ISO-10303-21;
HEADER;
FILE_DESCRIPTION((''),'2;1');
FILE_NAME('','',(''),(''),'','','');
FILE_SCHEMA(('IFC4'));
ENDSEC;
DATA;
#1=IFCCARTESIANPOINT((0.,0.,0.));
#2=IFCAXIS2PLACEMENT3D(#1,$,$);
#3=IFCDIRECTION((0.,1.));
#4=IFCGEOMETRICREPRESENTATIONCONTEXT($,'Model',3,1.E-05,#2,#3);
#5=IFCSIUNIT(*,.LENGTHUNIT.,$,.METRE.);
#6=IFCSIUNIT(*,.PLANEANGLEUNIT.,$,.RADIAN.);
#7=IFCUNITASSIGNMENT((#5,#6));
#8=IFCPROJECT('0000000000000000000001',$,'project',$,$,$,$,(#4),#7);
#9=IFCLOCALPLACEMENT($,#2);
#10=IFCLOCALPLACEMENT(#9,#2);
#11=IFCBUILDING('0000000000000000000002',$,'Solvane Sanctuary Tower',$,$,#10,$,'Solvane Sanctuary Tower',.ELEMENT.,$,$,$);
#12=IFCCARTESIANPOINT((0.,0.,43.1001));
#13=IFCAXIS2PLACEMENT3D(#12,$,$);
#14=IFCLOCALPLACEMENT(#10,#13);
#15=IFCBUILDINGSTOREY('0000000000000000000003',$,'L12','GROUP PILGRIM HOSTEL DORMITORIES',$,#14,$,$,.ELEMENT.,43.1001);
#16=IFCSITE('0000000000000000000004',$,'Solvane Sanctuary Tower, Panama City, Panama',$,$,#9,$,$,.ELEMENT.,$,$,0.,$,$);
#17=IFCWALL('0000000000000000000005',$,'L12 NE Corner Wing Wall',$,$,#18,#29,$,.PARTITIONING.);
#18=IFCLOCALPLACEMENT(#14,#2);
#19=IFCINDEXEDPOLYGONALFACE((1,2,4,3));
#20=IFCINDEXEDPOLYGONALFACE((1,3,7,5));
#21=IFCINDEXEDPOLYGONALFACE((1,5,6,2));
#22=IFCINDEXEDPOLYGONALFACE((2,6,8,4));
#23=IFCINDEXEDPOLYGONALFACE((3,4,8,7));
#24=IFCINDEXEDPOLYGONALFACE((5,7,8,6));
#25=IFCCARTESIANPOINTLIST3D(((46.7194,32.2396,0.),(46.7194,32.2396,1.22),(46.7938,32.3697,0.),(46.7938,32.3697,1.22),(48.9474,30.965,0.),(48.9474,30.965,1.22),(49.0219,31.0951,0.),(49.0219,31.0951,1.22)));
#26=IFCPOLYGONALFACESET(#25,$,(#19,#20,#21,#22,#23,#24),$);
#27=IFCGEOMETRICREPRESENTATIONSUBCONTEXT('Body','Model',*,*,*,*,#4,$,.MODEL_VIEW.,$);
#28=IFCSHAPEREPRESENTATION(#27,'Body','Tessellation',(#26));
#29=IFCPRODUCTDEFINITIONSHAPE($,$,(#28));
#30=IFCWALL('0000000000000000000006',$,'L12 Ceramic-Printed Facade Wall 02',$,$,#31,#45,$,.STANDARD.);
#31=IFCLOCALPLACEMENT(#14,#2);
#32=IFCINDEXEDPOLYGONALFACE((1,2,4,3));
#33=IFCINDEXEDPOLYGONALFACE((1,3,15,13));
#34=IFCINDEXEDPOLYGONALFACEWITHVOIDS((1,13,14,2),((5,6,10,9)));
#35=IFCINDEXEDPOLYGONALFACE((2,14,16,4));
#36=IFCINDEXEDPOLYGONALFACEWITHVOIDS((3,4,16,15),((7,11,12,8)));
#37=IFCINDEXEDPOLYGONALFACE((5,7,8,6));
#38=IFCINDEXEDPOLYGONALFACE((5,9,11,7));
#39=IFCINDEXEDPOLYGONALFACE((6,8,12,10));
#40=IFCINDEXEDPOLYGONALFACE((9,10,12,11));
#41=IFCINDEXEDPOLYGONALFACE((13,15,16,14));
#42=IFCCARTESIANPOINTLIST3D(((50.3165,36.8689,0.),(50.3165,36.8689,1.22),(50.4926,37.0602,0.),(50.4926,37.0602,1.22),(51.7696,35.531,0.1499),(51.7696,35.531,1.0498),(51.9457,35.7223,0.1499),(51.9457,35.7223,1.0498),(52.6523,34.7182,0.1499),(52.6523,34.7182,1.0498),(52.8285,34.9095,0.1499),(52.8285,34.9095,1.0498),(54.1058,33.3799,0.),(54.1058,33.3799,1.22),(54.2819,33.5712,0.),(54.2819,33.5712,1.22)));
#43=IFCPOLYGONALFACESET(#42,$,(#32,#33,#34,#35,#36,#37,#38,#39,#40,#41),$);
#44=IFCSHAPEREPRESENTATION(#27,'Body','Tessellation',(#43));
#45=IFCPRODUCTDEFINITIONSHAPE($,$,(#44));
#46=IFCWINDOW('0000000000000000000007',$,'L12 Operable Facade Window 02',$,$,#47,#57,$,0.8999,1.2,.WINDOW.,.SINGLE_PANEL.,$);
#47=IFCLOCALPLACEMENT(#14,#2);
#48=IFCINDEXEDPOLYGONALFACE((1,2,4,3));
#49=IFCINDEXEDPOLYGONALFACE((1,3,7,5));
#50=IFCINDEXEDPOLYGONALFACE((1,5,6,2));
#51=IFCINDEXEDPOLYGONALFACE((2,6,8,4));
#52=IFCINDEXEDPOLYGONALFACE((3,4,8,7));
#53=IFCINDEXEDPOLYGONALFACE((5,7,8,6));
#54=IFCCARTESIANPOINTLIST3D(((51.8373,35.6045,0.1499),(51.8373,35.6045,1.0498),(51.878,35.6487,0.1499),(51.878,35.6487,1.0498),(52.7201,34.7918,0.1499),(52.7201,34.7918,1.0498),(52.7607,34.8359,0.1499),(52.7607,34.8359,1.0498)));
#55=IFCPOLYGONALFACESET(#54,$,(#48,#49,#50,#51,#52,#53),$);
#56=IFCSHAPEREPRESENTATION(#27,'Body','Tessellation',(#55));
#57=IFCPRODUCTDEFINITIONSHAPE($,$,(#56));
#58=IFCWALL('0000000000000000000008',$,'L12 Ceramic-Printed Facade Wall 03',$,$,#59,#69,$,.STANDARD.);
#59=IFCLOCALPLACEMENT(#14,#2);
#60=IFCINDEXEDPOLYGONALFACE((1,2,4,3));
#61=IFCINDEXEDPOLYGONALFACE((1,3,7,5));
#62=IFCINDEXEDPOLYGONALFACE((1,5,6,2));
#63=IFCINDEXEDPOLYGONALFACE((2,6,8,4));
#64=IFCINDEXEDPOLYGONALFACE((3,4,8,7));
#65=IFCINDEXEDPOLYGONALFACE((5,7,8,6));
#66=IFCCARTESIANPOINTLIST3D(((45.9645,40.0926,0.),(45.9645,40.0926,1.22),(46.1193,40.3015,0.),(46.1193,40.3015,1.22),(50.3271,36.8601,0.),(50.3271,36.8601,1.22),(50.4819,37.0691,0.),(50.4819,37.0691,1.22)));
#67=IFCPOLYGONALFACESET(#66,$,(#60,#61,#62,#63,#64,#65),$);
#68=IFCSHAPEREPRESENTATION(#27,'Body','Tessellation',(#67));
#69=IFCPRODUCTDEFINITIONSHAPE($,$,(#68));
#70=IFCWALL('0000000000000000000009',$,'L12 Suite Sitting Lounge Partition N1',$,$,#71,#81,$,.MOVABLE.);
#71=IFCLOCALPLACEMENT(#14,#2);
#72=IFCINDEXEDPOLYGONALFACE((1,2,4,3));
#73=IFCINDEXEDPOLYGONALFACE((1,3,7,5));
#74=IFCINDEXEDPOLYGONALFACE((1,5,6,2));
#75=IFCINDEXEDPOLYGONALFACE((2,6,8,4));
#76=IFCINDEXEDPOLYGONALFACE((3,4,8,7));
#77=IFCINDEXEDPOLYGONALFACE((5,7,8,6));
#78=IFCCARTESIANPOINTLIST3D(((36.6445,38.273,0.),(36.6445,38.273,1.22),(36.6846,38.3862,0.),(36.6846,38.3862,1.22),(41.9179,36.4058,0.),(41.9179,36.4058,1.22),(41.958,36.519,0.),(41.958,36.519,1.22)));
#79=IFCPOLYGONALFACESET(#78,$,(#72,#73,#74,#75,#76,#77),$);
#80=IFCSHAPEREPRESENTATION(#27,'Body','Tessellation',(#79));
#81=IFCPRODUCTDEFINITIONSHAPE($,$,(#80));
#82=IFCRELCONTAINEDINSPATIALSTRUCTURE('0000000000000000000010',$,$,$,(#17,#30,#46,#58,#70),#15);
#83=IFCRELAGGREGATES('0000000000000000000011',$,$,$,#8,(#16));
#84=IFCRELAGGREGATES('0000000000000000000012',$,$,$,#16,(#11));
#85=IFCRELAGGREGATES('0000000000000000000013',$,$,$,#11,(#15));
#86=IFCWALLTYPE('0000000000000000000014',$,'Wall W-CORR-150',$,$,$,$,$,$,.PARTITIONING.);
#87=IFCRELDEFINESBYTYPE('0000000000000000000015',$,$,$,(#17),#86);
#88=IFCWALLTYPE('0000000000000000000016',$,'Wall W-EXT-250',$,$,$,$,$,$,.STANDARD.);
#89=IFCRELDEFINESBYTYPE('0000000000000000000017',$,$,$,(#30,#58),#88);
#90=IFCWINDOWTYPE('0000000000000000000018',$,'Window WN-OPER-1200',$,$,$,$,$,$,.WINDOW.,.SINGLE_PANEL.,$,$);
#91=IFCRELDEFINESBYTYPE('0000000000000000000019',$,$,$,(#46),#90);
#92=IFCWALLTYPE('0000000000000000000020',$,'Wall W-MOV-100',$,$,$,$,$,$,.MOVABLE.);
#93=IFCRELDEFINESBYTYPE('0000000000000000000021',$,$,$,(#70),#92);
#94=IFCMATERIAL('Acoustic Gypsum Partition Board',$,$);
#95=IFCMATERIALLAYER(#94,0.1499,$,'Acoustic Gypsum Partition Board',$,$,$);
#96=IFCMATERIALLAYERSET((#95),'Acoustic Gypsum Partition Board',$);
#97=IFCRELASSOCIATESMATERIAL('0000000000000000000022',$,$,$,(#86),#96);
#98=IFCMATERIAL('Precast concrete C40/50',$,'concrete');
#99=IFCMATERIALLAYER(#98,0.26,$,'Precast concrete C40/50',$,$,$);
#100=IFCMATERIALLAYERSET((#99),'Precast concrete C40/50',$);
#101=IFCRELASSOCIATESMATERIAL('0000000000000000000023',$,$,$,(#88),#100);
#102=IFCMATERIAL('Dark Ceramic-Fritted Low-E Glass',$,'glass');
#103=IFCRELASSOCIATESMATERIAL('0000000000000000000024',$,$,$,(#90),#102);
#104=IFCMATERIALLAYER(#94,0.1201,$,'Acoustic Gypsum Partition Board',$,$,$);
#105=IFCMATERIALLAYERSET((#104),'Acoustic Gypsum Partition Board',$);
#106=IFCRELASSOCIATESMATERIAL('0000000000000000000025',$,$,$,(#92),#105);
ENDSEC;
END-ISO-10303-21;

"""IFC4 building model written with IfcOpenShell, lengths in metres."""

from ifc_helpers import new_model, si_unit, direction, frame, frame_2d, origin, place, context, subcontext, project, spatial, rectangle, extrude, material, layer, layer_set, type_object, element, fill, save


model = new_model("IFC4")

# Units and contexts
model_context = context("Model", 3, precision=1e-05, world=origin(), true_north=direction((0.0, 1.0)))
body_context = subcontext(model_context, "Body", "Model", "MODEL_VIEW")
ifc_project = project(units=[si_unit("LENGTHUNIT", "METRE"), si_unit("PLANEANGLEUNIT", "RADIAN")], contexts=[model_context])

# Site, building, storey
site_placement = place(None, origin())
site = spatial("IfcSite", under=ifc_project, at=site_placement, Name="Solvane Sanctuary Tower, Panama City, Panama", CompositionType="ELEMENT", RefElevation=0.0)
building_placement = place(site_placement, origin())
building = spatial("IfcBuilding", under=site, at=building_placement, Name="Solvane Sanctuary Tower", LongName="Solvane Sanctuary Tower", CompositionType="ELEMENT")
storey_placement = place(building_placement, frame((0.0, 0.0, 43.1001)))
storey = spatial("IfcBuildingStorey", under=building, at=storey_placement, Name="L12", Description="GROUP PILGRIM HOSTEL DORMITORIES", CompositionType="ELEMENT", Elevation=43.1001)

# Shared definitions
ifc_material_1 = material(Name="Dark Ceramic-Fritted Low-E Glass", Category="glass")

# Shared definitions
ifc_material_2 = material(Name="Acoustic Gypsum Partition Board")
ifc_layer_1 = layer(ifc_material_2, 0.1499, Name="Acoustic Gypsum Partition Board")
ifc_layer_set_1 = layer_set([ifc_layer_1], Name="Acoustic Gypsum Partition Board")
wall_type_1 = type_object("IfcWallType", Name="Wall W-CORR-150", PredefinedType="PARTITIONING", material=ifc_layer_set_1)

# Wall
wall_1_placement = place(storey_placement, frame((46.7566, 32.3047, 0.0), z_axis=(0.0, 0.0, 1.0), x_axis=(0.867991, -0.496579, 0.0)))
element("IfcWall", 1, at=wall_1_placement, inside=storey, type_object=wall_type_1, Name="L12 NE Corner Wing Wall", PredefinedType="PARTITIONING", context=body_context, shape_type="SweptSolid", body=[
    extrude(rectangle(XDim=2.5669, YDim=0.1499, at=frame_2d((1.2834, 0.0))), origin(), (0.0, 0.0, 1.0), 1.22),
])

# Wall, opening, window
ifc_material_3 = material(Name="Precast concrete C40/50", Category="concrete")
ifc_layer_2 = layer(ifc_material_3, 0.26, Name="Precast concrete C40/50")
ifc_layer_set_2 = layer_set([ifc_layer_2], Name="Precast concrete C40/50")
wall_type_2 = type_object("IfcWallType", Name="Wall W-EXT-250", PredefinedType="STANDARD", material=ifc_layer_set_2)
wall_2_placement = place(storey_placement, frame((54.1938, 33.4756, 0.0), z_axis=(0.0, 0.0, 1.0), x_axis=(-0.735655, 0.677356, 0.0)))
wall_2 = element("IfcWall", 2, at=wall_2_placement, inside=storey, type_object=wall_type_2, Name="L12 Ceramic-Printed Facade Wall 02", PredefinedType="STANDARD", context=body_context, shape_type="SweptSolid", body=[
    extrude(rectangle(XDim=5.1509, YDim=0.26, at=frame_2d((2.5754, 0.0))), origin(), (0.0, 0.0, 1.0), 1.22),
])
opening_1_placement = place(wall_2_placement, frame((1.9756, 0.0, 0.1499)))
opening_1 = element("IfcOpeningElement", 3, at=opening_1_placement, cuts=wall_2, PredefinedType="OPENING", context=body_context, shape_type="SweptSolid", body=[
    extrude(rectangle(XDim=1.2, YDim=0.8999, at=frame_2d((0.6001, 0.45))), frame((0.0, 0.1399, 0.0), z_axis=(0.0, -1.0, 0.0), x_axis=(1.0, 0.0, 0.0)), (0.0, 0.0, 1.0), 0.28),
])
window_type = type_object("IfcWindowType", Name="Window WN-OPER-1200", PartitioningType="SINGLE_PANEL", PredefinedType="WINDOW", material=ifc_material_1)
window_placement = place(opening_1_placement, origin())
window = element("IfcWindow", 4, at=window_placement, inside=storey, type_object=window_type, Name="L12 Operable Facade Window 02", OverallHeight=0.8999, OverallWidth=1.2, PartitioningType="SINGLE_PANEL", PredefinedType="WINDOW", context=body_context, shape_type="SweptSolid", body=[
    extrude(rectangle(XDim=1.2, YDim=0.8999, at=frame_2d((0.6001, 0.45))), frame((0.0, 0.03, 0.0), z_axis=(0.0, -1.0, 0.0), x_axis=(1.0, 0.0, 0.0)), (0.0, 0.0, 1.0), 0.0601),
])
fill(opening_1, window)

# Walls
wall_3_placement = place(storey_placement, frame((50.4045, 36.9646, 0.0), z_axis=(0.0, 0.0, 1.0), x_axis=(-0.803478, 0.595335, 0.0)))
element("IfcWall", 5, at=wall_3_placement, inside=storey, type_object=wall_type_2, Name="L12 Ceramic-Printed Facade Wall 03", PredefinedType="STANDARD", context=body_context, shape_type="SweptSolid", body=[
    extrude(rectangle(XDim=5.4297, YDim=0.26, at=frame_2d((2.7148, 0.0))), origin(), (0.0, 0.0, 1.0), 1.22),
])
ifc_layer_3 = layer(ifc_material_2, 0.1201, Name="Acoustic Gypsum Partition Board")
ifc_layer_set_3 = layer_set([ifc_layer_3], Name="Acoustic Gypsum Partition Board")
wall_type_3 = type_object("IfcWallType", Name="Wall W-MOV-100", PredefinedType="MOVABLE", material=ifc_layer_set_3)
wall_4_placement = place(storey_placement, frame((41.938, 36.4624, 0.0), z_axis=(0.0, 0.0, 1.0), x_axis=(-0.942655, 0.33377, 0.0)))
element("IfcWall", 6, at=wall_4_placement, inside=storey, type_object=wall_type_3, Name="L12 Suite Sitting Lounge Partition N1", PredefinedType="MOVABLE", context=body_context, shape_type="SweptSolid", body=[
    extrude(rectangle(XDim=5.5942, YDim=0.1201, at=frame_2d((2.7971, 0.0))), origin(), (0.0, 0.0, 1.0), 1.22),
])

save(model, "model.ifc")
